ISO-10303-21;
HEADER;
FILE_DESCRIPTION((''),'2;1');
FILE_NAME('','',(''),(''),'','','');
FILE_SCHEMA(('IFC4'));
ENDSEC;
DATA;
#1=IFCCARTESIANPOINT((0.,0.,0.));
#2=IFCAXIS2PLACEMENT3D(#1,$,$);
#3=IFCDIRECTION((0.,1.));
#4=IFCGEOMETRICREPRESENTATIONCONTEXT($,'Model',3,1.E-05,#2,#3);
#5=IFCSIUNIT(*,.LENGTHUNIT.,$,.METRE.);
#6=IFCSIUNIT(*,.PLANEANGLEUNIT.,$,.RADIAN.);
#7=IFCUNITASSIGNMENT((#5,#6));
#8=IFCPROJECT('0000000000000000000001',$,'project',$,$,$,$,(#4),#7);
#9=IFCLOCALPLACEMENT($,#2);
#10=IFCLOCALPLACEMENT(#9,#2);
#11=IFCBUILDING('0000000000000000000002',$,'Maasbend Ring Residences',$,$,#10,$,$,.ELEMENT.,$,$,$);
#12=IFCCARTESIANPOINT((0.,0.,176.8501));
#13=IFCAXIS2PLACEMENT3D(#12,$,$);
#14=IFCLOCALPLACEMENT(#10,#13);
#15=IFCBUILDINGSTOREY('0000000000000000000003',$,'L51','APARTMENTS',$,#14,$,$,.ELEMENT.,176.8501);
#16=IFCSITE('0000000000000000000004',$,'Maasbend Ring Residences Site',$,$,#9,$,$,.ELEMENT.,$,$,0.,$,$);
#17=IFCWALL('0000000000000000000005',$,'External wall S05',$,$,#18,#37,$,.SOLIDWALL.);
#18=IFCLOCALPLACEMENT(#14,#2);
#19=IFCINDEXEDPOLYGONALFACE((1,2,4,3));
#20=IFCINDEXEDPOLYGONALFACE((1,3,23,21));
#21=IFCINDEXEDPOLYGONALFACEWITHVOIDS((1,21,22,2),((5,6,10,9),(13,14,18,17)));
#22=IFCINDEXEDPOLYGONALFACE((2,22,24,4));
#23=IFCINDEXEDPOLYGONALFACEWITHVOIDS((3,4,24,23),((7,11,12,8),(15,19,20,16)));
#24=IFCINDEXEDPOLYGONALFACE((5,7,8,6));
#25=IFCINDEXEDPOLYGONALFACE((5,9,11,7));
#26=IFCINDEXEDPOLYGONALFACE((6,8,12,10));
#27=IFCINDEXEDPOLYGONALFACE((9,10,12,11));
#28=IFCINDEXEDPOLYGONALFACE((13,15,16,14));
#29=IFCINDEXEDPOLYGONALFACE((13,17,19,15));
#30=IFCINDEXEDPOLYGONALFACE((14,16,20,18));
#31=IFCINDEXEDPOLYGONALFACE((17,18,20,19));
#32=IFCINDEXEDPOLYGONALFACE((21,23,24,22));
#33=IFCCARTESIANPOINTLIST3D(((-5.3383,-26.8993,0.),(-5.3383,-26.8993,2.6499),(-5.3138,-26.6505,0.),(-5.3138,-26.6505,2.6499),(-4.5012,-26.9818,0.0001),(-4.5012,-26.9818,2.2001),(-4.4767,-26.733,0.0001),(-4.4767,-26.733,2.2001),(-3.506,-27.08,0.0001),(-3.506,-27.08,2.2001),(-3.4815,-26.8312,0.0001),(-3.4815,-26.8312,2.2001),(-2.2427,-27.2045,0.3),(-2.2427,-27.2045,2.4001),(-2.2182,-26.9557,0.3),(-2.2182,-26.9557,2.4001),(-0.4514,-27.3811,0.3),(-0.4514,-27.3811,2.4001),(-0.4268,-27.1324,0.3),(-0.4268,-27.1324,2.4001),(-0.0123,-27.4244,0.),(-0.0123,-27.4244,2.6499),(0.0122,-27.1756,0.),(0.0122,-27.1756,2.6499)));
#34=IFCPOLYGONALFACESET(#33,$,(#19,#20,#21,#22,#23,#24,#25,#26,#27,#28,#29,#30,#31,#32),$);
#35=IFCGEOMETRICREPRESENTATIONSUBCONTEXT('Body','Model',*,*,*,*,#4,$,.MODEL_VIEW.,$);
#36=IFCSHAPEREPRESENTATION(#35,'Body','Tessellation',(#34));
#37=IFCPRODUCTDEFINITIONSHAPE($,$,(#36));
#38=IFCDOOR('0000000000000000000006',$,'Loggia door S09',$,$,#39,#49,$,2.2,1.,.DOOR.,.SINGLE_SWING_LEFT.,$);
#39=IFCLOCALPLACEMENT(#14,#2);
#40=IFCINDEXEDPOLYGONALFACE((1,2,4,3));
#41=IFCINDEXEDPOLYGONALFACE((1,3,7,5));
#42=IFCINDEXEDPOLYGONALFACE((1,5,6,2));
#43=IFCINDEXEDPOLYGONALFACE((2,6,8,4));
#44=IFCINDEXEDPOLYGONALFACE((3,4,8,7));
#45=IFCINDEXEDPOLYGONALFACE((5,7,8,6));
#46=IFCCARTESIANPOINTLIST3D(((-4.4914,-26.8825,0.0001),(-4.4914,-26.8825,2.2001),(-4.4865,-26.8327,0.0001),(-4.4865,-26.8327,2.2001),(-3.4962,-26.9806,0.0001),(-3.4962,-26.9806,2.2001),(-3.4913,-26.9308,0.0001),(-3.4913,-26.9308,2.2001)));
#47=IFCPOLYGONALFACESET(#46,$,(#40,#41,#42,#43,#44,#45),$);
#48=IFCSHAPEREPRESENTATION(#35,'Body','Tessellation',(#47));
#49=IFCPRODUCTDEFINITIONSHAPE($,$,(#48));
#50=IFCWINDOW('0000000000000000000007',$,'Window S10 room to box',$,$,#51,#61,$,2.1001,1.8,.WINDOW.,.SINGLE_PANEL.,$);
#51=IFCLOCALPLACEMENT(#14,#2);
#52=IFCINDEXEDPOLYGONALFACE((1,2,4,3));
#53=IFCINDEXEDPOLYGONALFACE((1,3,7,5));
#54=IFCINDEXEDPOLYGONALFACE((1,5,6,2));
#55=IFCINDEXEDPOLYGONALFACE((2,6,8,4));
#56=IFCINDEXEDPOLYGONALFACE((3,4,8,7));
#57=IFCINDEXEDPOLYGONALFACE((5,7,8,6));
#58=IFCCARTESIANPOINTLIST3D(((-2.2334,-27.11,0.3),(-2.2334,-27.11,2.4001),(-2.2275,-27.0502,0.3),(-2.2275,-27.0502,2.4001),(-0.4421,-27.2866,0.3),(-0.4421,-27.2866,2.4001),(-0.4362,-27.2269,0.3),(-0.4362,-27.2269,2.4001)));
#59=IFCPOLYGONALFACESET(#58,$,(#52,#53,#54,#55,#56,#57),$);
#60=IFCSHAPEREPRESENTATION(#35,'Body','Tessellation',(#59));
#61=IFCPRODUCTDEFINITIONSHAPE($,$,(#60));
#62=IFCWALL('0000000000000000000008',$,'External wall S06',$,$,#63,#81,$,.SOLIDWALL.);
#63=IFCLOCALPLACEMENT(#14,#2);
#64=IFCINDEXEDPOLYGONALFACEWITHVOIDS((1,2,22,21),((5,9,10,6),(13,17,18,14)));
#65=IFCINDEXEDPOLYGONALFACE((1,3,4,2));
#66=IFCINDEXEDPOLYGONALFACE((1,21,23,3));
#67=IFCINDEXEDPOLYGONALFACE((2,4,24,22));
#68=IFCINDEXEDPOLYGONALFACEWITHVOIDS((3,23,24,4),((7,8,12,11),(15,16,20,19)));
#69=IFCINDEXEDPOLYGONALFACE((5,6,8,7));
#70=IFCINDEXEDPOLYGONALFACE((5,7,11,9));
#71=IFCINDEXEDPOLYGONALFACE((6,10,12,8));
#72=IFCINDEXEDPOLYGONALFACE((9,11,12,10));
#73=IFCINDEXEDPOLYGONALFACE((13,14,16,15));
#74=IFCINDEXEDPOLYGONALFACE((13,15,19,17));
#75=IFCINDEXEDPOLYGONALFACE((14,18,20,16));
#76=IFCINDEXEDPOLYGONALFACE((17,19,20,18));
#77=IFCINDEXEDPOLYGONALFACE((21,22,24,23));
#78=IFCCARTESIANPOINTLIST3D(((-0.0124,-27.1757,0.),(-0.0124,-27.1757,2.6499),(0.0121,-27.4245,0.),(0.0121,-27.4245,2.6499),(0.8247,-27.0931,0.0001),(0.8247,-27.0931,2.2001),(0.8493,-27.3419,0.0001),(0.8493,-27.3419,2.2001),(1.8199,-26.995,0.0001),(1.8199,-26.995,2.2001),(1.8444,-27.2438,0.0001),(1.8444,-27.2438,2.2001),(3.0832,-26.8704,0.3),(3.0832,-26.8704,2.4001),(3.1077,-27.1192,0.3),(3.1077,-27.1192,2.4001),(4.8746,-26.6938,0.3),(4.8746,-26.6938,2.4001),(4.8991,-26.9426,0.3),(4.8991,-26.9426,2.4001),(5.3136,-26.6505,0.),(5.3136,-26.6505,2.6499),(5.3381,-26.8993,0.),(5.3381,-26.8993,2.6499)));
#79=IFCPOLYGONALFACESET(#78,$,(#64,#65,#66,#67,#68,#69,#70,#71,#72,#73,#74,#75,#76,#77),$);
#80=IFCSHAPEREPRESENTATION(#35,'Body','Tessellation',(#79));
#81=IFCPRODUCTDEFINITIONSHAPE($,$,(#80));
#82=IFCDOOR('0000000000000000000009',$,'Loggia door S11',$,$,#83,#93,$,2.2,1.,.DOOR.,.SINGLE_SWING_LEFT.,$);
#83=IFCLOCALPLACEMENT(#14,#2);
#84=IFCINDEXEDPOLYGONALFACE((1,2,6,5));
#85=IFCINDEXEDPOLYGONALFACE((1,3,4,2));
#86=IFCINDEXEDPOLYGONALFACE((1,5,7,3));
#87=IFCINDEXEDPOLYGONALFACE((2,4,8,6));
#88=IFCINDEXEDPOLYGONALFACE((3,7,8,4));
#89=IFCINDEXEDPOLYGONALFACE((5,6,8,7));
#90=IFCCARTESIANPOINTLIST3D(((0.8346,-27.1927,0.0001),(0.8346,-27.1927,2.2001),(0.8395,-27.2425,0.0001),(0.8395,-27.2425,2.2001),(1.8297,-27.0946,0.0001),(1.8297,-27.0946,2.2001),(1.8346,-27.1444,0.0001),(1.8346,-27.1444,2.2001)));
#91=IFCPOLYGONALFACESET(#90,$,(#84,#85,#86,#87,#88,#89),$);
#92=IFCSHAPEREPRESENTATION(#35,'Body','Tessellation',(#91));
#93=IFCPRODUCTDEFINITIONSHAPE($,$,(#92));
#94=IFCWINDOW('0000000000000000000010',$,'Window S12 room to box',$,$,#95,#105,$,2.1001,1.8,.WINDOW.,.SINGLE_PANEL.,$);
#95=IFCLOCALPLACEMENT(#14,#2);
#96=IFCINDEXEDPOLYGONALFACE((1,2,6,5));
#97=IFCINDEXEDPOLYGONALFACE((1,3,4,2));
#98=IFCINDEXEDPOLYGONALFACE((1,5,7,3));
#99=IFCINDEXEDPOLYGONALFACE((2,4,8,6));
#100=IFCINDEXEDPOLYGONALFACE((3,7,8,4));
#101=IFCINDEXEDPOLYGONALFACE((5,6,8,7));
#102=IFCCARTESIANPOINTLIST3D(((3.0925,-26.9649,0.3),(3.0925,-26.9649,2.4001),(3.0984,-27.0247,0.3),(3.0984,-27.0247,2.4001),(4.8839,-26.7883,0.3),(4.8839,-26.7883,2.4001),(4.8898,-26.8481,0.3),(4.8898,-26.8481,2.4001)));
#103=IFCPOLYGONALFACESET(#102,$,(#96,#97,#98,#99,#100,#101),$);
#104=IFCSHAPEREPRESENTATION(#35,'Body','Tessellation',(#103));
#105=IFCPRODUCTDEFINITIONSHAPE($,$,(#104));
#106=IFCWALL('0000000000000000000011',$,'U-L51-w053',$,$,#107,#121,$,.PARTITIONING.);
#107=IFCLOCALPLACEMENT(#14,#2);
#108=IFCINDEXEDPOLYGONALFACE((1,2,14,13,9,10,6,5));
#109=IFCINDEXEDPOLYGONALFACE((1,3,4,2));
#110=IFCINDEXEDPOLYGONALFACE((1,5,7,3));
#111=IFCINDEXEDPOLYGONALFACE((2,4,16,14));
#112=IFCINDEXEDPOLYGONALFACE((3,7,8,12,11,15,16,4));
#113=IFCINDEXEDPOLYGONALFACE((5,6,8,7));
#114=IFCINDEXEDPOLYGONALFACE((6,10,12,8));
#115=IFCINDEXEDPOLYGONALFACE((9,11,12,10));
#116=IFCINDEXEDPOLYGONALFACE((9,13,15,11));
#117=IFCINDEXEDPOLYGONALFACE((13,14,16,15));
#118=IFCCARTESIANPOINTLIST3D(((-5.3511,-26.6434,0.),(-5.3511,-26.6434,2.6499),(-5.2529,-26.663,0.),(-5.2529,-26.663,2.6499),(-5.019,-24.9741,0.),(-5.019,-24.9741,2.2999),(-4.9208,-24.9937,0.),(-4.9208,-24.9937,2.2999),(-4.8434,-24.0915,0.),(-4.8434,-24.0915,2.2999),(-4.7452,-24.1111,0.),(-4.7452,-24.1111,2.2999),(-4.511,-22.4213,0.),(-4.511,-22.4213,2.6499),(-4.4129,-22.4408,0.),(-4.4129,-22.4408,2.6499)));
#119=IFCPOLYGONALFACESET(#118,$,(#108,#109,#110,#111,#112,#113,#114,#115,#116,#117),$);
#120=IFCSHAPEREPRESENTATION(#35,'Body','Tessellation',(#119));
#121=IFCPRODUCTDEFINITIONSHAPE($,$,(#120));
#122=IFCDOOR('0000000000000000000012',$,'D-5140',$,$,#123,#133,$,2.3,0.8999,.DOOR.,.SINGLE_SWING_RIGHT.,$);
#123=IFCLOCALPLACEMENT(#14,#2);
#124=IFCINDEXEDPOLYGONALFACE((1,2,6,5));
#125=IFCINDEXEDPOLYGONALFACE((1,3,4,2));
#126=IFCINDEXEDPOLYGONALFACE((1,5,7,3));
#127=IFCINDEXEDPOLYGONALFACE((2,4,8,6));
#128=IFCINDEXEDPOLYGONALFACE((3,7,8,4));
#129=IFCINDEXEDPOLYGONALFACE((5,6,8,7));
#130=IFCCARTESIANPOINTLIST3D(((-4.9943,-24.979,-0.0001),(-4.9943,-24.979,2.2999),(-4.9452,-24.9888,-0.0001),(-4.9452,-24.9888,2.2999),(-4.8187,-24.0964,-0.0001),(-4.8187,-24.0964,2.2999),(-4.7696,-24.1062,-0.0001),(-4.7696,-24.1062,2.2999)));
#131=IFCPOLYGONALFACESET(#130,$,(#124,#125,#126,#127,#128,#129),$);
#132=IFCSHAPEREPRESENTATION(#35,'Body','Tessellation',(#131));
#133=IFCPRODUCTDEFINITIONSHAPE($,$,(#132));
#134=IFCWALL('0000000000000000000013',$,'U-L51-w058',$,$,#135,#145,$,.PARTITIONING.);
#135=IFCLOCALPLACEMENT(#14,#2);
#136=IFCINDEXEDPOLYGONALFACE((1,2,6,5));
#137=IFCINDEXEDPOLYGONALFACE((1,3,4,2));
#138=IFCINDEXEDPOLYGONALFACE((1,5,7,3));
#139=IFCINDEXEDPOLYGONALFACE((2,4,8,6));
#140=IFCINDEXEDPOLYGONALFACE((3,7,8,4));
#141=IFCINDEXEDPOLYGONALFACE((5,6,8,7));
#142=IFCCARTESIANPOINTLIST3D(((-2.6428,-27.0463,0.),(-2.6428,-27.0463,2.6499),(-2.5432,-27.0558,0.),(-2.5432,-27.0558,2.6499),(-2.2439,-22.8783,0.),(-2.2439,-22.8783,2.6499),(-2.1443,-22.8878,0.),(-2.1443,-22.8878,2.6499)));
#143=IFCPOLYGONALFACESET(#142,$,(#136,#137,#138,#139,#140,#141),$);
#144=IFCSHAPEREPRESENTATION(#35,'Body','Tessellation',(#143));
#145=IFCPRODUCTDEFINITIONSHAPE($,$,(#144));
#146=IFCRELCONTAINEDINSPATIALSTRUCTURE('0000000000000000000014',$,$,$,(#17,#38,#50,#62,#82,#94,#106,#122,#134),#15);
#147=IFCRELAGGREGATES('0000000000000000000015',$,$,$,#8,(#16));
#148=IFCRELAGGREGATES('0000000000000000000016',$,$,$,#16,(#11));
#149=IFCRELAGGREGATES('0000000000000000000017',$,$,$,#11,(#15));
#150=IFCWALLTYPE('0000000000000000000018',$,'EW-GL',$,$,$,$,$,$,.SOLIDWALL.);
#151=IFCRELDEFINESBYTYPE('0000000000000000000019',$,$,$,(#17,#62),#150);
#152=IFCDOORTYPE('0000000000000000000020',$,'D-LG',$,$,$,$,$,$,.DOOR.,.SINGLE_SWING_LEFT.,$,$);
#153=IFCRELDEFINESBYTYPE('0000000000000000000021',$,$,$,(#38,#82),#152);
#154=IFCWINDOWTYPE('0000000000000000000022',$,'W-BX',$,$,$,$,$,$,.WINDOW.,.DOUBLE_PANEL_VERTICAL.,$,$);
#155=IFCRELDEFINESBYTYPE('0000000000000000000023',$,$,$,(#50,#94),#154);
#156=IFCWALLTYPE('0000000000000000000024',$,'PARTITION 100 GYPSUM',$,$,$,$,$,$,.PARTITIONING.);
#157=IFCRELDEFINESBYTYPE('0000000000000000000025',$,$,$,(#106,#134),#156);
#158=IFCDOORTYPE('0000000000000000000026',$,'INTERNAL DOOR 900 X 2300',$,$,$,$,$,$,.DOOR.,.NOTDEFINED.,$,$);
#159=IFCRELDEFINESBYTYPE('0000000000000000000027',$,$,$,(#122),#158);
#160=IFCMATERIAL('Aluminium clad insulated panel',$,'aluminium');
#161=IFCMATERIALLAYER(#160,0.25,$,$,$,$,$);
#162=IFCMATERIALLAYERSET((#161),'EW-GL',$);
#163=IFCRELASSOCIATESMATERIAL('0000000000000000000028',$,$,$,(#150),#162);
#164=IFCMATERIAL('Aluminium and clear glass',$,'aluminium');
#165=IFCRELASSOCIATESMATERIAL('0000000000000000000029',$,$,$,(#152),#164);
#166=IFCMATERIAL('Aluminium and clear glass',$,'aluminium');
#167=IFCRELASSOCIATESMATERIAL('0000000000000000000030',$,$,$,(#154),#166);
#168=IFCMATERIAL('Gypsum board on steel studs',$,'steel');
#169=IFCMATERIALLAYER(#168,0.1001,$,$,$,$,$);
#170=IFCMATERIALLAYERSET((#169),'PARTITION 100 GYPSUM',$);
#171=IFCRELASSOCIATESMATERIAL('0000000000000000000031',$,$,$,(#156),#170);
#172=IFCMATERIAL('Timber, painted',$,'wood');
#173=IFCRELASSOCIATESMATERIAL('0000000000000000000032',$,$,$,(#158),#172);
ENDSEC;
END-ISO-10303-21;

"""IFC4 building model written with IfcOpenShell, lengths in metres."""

from ifc_helpers import new_model, si_unit, direction, frame, frame_2d, origin, place, context, subcontext, project, spatial, rectangle, extrude, material, layer, layer_set, type_object, element, fill, save


model = new_model("IFC4")

# Units and contexts
model_context = context("Model", 3, precision=1e-05, world=origin(), true_north=direction((0.0, 1.0)))
body_context = subcontext(model_context, "Body", "Model", "MODEL_VIEW")
ifc_project = project(units=[si_unit("LENGTHUNIT", "METRE"), si_unit("PLANEANGLEUNIT", "RADIAN")], contexts=[model_context])

# Site, building, storey
site_placement = place(None, origin())
site = spatial("IfcSite", under=ifc_project, at=site_placement, Name="Maasbend Ring Residences Site", CompositionType="ELEMENT", RefElevation=0.0)
building_placement = place(site_placement, origin())
building = spatial("IfcBuilding", under=site, at=building_placement, Name="Maasbend Ring Residences", CompositionType="ELEMENT")
storey_placement = place(building_placement, frame((0.0, 0.0, 176.8501)))
storey = spatial("IfcBuildingStorey", under=building, at=storey_placement, Name="L51", Description="APARTMENTS", CompositionType="ELEMENT", Elevation=176.8501)

# Walls, openings, doors, windows
ifc_material_1 = material(Name="Aluminium clad insulated panel", Category="aluminium")
ifc_layer_1 = layer(ifc_material_1, 0.25)
ifc_layer_set_1 = layer_set([ifc_layer_1], Name="EW-GL")
wall_type_1 = type_object("IfcWallType", Name="EW-GL", PredefinedType="SOLIDWALL", material=ifc_layer_set_1)
wall_1_placement = place(storey_placement, frame((-5.3259, -26.7749, 0.0), z_axis=(0.0, 0.0, 1.0), x_axis=(0.995174, -0.098126, 0.0)))
wall_1 = element("IfcWall", 1, at=wall_1_placement, inside=storey, type_object=wall_type_1, Name="External wall S05", PredefinedType="SOLIDWALL", context=body_context, shape_type="SweptSolid", body=[
    extrude(rectangle(XDim=5.3518, YDim=0.25, at=frame_2d((2.6758, 0.0))), origin(), (0.0, 0.0, 1.0), 2.6499),
])
opening_1_placement = place(wall_1_placement, frame((0.8411, 0.0, 0.0)))
opening_1 = element("IfcOpeningElement", 2, at=opening_1_placement, cuts=wall_1, PredefinedType="OPENING", context=body_context, shape_type="SweptSolid", body=[
    extrude(rectangle(XDim=1.0, YDim=2.2, at=frame_2d((0.5, 1.1001))), frame((0.0, 0.135, 0.0), z_axis=(0.0, -1.0, 0.0), x_axis=(1.0, 0.0, 0.0)), (0.0, 0.0, 1.0), 0.27),
])
opening_2_placement = place(wall_1_placement, frame((3.1106, 0.0, 0.3)))
opening_2 = element("IfcOpeningElement", 3, at=opening_2_placement, cuts=wall_1, PredefinedType="OPENING", context=body_context, shape_type="SweptSolid", body=[
    extrude(rectangle(XDim=1.8, YDim=2.1001, at=frame_2d((0.8999, 1.05))), frame((0.0, 0.135, 0.0), z_axis=(0.0, -1.0, 0.0), x_axis=(1.0, 0.0, 0.0)), (0.0, 0.0, 1.0), 0.27),
])
ifc_material_2 = material(Name="Aluminium and clear glass", Category="aluminium")
door_type_1 = type_object("IfcDoorType", Name="D-LG", OperationType="SINGLE_SWING_LEFT", PredefinedType="DOOR", material=ifc_material_2)
door_1_placement = place(opening_1_placement, origin())
door_1 = element("IfcDoor", 4, at=door_1_placement, inside=storey, type_object=door_type_1, Name="Loggia door S09", OperationType="SINGLE_SWING_LEFT", OverallHeight=2.2, OverallWidth=1.0, PredefinedType="DOOR", context=body_context, shape_type="SweptSolid", body=[
    extrude(rectangle(XDim=1.0, YDim=2.2, at=frame_2d((0.5, 1.1001))), frame((0.0, 0.0249, 0.0), z_axis=(0.0, -1.0, 0.0), x_axis=(1.0, 0.0, 0.0)), (0.0, 0.0, 1.0), 0.05),
])
fill(opening_1, door_1)
ifc_material_3 = material(Name="Aluminium and clear glass", Category="aluminium")
window_type_1 = type_object("IfcWindowType", Name="W-BX", PartitioningType="DOUBLE_PANEL_VERTICAL", PredefinedType="WINDOW", material=ifc_material_3)
window_1_placement = place(opening_2_placement, origin())
window_1 = element("IfcWindow", 5, at=window_1_placement, inside=storey, type_object=window_type_1, Name="Window S10 room to box", OverallHeight=2.1001, OverallWidth=1.8, PartitioningType="SINGLE_PANEL", PredefinedType="WINDOW", context=body_context, shape_type="SweptSolid", body=[
    extrude(rectangle(XDim=1.8, YDim=2.1001, at=frame_2d((0.8999, 1.05))), frame((0.0, 0.03, 0.0), z_axis=(0.0, -1.0, 0.0), x_axis=(1.0, 0.0, 0.0)), (0.0, 0.0, 1.0), 0.0601),
])
fill(opening_2, window_1)
wall_2_placement = place(storey_placement, frame((0.0, -27.3, 0.0), z_axis=(0.0, 0.0, 1.0), x_axis=(0.995174, 0.098126, 0.0)))
wall_2 = element("IfcWall", 6, at=wall_2_placement, inside=storey, type_object=wall_type_1, Name="External wall S06", PredefinedType="SOLIDWALL", context=body_context, shape_type="SweptSolid", body=[
    extrude(rectangle(XDim=5.3518, YDim=0.25, at=frame_2d((2.6758, 0.0))), origin(), (0.0, 0.0, 1.0), 2.6499),
])
opening_3_placement = place(wall_2_placement, frame((0.8411, 0.0, 0.0)))
opening_3 = element("IfcOpeningElement", 7, at=opening_3_placement, cuts=wall_2, PredefinedType="OPENING", context=body_context, shape_type="SweptSolid", body=[
    extrude(rectangle(XDim=1.0, YDim=2.2, at=frame_2d((0.5, 1.1001))), frame((0.0, 0.135, 0.0), z_axis=(0.0, -1.0, 0.0), x_axis=(1.0, 0.0, 0.0)), (0.0, 0.0, 1.0), 0.27),
])
opening_4_placement = place(wall_2_placement, frame((3.1106, 0.0, 0.3)))
opening_4 = element("IfcOpeningElement", 8, at=opening_4_placement, cuts=wall_2, PredefinedType="OPENING", context=body_context, shape_type="SweptSolid", body=[
    extrude(rectangle(XDim=1.8, YDim=2.1001, at=frame_2d((0.8999, 1.05))), frame((0.0, 0.135, 0.0), z_axis=(0.0, -1.0, 0.0), x_axis=(1.0, 0.0, 0.0)), (0.0, 0.0, 1.0), 0.27),
])
door_2_placement = place(opening_3_placement, origin())
door_2 = element("IfcDoor", 9, at=door_2_placement, inside=storey, type_object=door_type_1, Name="Loggia door S11", OperationType="SINGLE_SWING_LEFT", OverallHeight=2.2, OverallWidth=1.0, PredefinedType="DOOR", context=body_context, shape_type="SweptSolid", body=[
    extrude(rectangle(XDim=1.0, YDim=2.2, at=frame_2d((0.5, 1.1001))), frame((0.0, 0.0249, 0.0), z_axis=(0.0, -1.0, 0.0), x_axis=(1.0, 0.0, 0.0)), (0.0, 0.0, 1.0), 0.05),
])
fill(opening_3, door_2)
window_2_placement = place(opening_4_placement, origin())
window_2 = element("IfcWindow", 10, at=window_2_placement, inside=storey, type_object=window_type_1, Name="Window S12 room to box", OverallHeight=2.1001, OverallWidth=1.8, PartitioningType="SINGLE_PANEL", PredefinedType="WINDOW", context=body_context, shape_type="SweptSolid", body=[
    extrude(rectangle(XDim=1.8, YDim=2.1001, at=frame_2d((0.8999, 1.05))), frame((0.0, 0.03, 0.0), z_axis=(0.0, -1.0, 0.0), x_axis=(1.0, 0.0, 0.0)), (0.0, 0.0, 1.0), 0.0601),
])
fill(opening_4, window_2)

# Wall, opening, door
ifc_material_4 = material(Name="Gypsum board on steel studs", Category="steel")
ifc_layer_2 = layer(ifc_material_4, 0.1001)
ifc_layer_set_2 = layer_set([ifc_layer_2], Name="PARTITION 100 GYPSUM")
wall_type_2 = type_object("IfcWallType", Name="PARTITION 100 GYPSUM", PredefinedType="PARTITIONING", material=ifc_layer_set_2)
wall_3_placement = place(storey_placement, frame((-5.302, -26.6531, 0.0), z_axis=(0.0, 0.0, 1.0), x_axis=(0.195145, 0.980774, 0.0)))
wall_3 = element("IfcWall", 11, at=wall_3_placement, inside=storey, type_object=wall_type_2, Name="U-L51-w053", PredefinedType="PARTITIONING", context=body_context, shape_type="SweptSolid", body=[
    extrude(rectangle(XDim=4.3049, YDim=0.1001, at=frame_2d((2.1523, 0.0))), origin(), (0.0, 0.0, 1.0), 2.6499),
])
opening_5_placement = place(wall_3_placement, frame((1.7019, 0.0, 0.0)))
opening_5 = element("IfcOpeningElement", 12, at=opening_5_placement, cuts=wall_3, PredefinedType="OPENING", context=body_context, shape_type="SweptSolid", body=[
    extrude(rectangle(XDim=0.8999, YDim=2.3, at=frame_2d((0.45, 1.1499))), frame((0.0, 0.0601, 0.0), z_axis=(0.0, -1.0, 0.0), x_axis=(1.0, 0.0, 0.0)), (0.0, 0.0, 1.0), 0.1201),
])
ifc_material_5 = material(Name="Timber, painted", Category="wood")
door_type_2 = type_object("IfcDoorType", Name="INTERNAL DOOR 900 X 2300", OperationType="NOTDEFINED", PredefinedType="DOOR", material=ifc_material_5)
door_3_placement = place(opening_5_placement, origin())
door_3 = element("IfcDoor", 13, at=door_3_placement, inside=storey, type_object=door_type_2, Name="D-5140", OperationType="SINGLE_SWING_RIGHT", OverallHeight=2.3, OverallWidth=0.8999, PredefinedType="DOOR", context=body_context, shape_type="SweptSolid", body=[
    extrude(rectangle(XDim=0.8999, YDim=2.3, at=frame_2d((0.45, 1.1499))), frame((0.0, 0.0249, 0.0), z_axis=(0.0, -1.0, 0.0), x_axis=(1.0, 0.0, 0.0)), (0.0, 0.0, 1.0), 0.05),
])
fill(opening_5, door_3)

# Wall
wall_4_placement = place(storey_placement, frame((-2.593, -27.051, 0.0), z_axis=(0.0, 0.0, 1.0), x_axis=(0.095277, 0.995451, 0.0)))
element("IfcWall", 14, at=wall_4_placement, inside=storey, type_object=wall_type_2, Name="U-L51-w058", PredefinedType="PARTITIONING", context=body_context, shape_type="SweptSolid", body=[
    extrude(rectangle(XDim=4.187, YDim=0.1001, at=frame_2d((2.0935, 0.0))), origin(), (0.0, 0.0, 1.0), 2.6499),
])

save(model, "model.ifc")
